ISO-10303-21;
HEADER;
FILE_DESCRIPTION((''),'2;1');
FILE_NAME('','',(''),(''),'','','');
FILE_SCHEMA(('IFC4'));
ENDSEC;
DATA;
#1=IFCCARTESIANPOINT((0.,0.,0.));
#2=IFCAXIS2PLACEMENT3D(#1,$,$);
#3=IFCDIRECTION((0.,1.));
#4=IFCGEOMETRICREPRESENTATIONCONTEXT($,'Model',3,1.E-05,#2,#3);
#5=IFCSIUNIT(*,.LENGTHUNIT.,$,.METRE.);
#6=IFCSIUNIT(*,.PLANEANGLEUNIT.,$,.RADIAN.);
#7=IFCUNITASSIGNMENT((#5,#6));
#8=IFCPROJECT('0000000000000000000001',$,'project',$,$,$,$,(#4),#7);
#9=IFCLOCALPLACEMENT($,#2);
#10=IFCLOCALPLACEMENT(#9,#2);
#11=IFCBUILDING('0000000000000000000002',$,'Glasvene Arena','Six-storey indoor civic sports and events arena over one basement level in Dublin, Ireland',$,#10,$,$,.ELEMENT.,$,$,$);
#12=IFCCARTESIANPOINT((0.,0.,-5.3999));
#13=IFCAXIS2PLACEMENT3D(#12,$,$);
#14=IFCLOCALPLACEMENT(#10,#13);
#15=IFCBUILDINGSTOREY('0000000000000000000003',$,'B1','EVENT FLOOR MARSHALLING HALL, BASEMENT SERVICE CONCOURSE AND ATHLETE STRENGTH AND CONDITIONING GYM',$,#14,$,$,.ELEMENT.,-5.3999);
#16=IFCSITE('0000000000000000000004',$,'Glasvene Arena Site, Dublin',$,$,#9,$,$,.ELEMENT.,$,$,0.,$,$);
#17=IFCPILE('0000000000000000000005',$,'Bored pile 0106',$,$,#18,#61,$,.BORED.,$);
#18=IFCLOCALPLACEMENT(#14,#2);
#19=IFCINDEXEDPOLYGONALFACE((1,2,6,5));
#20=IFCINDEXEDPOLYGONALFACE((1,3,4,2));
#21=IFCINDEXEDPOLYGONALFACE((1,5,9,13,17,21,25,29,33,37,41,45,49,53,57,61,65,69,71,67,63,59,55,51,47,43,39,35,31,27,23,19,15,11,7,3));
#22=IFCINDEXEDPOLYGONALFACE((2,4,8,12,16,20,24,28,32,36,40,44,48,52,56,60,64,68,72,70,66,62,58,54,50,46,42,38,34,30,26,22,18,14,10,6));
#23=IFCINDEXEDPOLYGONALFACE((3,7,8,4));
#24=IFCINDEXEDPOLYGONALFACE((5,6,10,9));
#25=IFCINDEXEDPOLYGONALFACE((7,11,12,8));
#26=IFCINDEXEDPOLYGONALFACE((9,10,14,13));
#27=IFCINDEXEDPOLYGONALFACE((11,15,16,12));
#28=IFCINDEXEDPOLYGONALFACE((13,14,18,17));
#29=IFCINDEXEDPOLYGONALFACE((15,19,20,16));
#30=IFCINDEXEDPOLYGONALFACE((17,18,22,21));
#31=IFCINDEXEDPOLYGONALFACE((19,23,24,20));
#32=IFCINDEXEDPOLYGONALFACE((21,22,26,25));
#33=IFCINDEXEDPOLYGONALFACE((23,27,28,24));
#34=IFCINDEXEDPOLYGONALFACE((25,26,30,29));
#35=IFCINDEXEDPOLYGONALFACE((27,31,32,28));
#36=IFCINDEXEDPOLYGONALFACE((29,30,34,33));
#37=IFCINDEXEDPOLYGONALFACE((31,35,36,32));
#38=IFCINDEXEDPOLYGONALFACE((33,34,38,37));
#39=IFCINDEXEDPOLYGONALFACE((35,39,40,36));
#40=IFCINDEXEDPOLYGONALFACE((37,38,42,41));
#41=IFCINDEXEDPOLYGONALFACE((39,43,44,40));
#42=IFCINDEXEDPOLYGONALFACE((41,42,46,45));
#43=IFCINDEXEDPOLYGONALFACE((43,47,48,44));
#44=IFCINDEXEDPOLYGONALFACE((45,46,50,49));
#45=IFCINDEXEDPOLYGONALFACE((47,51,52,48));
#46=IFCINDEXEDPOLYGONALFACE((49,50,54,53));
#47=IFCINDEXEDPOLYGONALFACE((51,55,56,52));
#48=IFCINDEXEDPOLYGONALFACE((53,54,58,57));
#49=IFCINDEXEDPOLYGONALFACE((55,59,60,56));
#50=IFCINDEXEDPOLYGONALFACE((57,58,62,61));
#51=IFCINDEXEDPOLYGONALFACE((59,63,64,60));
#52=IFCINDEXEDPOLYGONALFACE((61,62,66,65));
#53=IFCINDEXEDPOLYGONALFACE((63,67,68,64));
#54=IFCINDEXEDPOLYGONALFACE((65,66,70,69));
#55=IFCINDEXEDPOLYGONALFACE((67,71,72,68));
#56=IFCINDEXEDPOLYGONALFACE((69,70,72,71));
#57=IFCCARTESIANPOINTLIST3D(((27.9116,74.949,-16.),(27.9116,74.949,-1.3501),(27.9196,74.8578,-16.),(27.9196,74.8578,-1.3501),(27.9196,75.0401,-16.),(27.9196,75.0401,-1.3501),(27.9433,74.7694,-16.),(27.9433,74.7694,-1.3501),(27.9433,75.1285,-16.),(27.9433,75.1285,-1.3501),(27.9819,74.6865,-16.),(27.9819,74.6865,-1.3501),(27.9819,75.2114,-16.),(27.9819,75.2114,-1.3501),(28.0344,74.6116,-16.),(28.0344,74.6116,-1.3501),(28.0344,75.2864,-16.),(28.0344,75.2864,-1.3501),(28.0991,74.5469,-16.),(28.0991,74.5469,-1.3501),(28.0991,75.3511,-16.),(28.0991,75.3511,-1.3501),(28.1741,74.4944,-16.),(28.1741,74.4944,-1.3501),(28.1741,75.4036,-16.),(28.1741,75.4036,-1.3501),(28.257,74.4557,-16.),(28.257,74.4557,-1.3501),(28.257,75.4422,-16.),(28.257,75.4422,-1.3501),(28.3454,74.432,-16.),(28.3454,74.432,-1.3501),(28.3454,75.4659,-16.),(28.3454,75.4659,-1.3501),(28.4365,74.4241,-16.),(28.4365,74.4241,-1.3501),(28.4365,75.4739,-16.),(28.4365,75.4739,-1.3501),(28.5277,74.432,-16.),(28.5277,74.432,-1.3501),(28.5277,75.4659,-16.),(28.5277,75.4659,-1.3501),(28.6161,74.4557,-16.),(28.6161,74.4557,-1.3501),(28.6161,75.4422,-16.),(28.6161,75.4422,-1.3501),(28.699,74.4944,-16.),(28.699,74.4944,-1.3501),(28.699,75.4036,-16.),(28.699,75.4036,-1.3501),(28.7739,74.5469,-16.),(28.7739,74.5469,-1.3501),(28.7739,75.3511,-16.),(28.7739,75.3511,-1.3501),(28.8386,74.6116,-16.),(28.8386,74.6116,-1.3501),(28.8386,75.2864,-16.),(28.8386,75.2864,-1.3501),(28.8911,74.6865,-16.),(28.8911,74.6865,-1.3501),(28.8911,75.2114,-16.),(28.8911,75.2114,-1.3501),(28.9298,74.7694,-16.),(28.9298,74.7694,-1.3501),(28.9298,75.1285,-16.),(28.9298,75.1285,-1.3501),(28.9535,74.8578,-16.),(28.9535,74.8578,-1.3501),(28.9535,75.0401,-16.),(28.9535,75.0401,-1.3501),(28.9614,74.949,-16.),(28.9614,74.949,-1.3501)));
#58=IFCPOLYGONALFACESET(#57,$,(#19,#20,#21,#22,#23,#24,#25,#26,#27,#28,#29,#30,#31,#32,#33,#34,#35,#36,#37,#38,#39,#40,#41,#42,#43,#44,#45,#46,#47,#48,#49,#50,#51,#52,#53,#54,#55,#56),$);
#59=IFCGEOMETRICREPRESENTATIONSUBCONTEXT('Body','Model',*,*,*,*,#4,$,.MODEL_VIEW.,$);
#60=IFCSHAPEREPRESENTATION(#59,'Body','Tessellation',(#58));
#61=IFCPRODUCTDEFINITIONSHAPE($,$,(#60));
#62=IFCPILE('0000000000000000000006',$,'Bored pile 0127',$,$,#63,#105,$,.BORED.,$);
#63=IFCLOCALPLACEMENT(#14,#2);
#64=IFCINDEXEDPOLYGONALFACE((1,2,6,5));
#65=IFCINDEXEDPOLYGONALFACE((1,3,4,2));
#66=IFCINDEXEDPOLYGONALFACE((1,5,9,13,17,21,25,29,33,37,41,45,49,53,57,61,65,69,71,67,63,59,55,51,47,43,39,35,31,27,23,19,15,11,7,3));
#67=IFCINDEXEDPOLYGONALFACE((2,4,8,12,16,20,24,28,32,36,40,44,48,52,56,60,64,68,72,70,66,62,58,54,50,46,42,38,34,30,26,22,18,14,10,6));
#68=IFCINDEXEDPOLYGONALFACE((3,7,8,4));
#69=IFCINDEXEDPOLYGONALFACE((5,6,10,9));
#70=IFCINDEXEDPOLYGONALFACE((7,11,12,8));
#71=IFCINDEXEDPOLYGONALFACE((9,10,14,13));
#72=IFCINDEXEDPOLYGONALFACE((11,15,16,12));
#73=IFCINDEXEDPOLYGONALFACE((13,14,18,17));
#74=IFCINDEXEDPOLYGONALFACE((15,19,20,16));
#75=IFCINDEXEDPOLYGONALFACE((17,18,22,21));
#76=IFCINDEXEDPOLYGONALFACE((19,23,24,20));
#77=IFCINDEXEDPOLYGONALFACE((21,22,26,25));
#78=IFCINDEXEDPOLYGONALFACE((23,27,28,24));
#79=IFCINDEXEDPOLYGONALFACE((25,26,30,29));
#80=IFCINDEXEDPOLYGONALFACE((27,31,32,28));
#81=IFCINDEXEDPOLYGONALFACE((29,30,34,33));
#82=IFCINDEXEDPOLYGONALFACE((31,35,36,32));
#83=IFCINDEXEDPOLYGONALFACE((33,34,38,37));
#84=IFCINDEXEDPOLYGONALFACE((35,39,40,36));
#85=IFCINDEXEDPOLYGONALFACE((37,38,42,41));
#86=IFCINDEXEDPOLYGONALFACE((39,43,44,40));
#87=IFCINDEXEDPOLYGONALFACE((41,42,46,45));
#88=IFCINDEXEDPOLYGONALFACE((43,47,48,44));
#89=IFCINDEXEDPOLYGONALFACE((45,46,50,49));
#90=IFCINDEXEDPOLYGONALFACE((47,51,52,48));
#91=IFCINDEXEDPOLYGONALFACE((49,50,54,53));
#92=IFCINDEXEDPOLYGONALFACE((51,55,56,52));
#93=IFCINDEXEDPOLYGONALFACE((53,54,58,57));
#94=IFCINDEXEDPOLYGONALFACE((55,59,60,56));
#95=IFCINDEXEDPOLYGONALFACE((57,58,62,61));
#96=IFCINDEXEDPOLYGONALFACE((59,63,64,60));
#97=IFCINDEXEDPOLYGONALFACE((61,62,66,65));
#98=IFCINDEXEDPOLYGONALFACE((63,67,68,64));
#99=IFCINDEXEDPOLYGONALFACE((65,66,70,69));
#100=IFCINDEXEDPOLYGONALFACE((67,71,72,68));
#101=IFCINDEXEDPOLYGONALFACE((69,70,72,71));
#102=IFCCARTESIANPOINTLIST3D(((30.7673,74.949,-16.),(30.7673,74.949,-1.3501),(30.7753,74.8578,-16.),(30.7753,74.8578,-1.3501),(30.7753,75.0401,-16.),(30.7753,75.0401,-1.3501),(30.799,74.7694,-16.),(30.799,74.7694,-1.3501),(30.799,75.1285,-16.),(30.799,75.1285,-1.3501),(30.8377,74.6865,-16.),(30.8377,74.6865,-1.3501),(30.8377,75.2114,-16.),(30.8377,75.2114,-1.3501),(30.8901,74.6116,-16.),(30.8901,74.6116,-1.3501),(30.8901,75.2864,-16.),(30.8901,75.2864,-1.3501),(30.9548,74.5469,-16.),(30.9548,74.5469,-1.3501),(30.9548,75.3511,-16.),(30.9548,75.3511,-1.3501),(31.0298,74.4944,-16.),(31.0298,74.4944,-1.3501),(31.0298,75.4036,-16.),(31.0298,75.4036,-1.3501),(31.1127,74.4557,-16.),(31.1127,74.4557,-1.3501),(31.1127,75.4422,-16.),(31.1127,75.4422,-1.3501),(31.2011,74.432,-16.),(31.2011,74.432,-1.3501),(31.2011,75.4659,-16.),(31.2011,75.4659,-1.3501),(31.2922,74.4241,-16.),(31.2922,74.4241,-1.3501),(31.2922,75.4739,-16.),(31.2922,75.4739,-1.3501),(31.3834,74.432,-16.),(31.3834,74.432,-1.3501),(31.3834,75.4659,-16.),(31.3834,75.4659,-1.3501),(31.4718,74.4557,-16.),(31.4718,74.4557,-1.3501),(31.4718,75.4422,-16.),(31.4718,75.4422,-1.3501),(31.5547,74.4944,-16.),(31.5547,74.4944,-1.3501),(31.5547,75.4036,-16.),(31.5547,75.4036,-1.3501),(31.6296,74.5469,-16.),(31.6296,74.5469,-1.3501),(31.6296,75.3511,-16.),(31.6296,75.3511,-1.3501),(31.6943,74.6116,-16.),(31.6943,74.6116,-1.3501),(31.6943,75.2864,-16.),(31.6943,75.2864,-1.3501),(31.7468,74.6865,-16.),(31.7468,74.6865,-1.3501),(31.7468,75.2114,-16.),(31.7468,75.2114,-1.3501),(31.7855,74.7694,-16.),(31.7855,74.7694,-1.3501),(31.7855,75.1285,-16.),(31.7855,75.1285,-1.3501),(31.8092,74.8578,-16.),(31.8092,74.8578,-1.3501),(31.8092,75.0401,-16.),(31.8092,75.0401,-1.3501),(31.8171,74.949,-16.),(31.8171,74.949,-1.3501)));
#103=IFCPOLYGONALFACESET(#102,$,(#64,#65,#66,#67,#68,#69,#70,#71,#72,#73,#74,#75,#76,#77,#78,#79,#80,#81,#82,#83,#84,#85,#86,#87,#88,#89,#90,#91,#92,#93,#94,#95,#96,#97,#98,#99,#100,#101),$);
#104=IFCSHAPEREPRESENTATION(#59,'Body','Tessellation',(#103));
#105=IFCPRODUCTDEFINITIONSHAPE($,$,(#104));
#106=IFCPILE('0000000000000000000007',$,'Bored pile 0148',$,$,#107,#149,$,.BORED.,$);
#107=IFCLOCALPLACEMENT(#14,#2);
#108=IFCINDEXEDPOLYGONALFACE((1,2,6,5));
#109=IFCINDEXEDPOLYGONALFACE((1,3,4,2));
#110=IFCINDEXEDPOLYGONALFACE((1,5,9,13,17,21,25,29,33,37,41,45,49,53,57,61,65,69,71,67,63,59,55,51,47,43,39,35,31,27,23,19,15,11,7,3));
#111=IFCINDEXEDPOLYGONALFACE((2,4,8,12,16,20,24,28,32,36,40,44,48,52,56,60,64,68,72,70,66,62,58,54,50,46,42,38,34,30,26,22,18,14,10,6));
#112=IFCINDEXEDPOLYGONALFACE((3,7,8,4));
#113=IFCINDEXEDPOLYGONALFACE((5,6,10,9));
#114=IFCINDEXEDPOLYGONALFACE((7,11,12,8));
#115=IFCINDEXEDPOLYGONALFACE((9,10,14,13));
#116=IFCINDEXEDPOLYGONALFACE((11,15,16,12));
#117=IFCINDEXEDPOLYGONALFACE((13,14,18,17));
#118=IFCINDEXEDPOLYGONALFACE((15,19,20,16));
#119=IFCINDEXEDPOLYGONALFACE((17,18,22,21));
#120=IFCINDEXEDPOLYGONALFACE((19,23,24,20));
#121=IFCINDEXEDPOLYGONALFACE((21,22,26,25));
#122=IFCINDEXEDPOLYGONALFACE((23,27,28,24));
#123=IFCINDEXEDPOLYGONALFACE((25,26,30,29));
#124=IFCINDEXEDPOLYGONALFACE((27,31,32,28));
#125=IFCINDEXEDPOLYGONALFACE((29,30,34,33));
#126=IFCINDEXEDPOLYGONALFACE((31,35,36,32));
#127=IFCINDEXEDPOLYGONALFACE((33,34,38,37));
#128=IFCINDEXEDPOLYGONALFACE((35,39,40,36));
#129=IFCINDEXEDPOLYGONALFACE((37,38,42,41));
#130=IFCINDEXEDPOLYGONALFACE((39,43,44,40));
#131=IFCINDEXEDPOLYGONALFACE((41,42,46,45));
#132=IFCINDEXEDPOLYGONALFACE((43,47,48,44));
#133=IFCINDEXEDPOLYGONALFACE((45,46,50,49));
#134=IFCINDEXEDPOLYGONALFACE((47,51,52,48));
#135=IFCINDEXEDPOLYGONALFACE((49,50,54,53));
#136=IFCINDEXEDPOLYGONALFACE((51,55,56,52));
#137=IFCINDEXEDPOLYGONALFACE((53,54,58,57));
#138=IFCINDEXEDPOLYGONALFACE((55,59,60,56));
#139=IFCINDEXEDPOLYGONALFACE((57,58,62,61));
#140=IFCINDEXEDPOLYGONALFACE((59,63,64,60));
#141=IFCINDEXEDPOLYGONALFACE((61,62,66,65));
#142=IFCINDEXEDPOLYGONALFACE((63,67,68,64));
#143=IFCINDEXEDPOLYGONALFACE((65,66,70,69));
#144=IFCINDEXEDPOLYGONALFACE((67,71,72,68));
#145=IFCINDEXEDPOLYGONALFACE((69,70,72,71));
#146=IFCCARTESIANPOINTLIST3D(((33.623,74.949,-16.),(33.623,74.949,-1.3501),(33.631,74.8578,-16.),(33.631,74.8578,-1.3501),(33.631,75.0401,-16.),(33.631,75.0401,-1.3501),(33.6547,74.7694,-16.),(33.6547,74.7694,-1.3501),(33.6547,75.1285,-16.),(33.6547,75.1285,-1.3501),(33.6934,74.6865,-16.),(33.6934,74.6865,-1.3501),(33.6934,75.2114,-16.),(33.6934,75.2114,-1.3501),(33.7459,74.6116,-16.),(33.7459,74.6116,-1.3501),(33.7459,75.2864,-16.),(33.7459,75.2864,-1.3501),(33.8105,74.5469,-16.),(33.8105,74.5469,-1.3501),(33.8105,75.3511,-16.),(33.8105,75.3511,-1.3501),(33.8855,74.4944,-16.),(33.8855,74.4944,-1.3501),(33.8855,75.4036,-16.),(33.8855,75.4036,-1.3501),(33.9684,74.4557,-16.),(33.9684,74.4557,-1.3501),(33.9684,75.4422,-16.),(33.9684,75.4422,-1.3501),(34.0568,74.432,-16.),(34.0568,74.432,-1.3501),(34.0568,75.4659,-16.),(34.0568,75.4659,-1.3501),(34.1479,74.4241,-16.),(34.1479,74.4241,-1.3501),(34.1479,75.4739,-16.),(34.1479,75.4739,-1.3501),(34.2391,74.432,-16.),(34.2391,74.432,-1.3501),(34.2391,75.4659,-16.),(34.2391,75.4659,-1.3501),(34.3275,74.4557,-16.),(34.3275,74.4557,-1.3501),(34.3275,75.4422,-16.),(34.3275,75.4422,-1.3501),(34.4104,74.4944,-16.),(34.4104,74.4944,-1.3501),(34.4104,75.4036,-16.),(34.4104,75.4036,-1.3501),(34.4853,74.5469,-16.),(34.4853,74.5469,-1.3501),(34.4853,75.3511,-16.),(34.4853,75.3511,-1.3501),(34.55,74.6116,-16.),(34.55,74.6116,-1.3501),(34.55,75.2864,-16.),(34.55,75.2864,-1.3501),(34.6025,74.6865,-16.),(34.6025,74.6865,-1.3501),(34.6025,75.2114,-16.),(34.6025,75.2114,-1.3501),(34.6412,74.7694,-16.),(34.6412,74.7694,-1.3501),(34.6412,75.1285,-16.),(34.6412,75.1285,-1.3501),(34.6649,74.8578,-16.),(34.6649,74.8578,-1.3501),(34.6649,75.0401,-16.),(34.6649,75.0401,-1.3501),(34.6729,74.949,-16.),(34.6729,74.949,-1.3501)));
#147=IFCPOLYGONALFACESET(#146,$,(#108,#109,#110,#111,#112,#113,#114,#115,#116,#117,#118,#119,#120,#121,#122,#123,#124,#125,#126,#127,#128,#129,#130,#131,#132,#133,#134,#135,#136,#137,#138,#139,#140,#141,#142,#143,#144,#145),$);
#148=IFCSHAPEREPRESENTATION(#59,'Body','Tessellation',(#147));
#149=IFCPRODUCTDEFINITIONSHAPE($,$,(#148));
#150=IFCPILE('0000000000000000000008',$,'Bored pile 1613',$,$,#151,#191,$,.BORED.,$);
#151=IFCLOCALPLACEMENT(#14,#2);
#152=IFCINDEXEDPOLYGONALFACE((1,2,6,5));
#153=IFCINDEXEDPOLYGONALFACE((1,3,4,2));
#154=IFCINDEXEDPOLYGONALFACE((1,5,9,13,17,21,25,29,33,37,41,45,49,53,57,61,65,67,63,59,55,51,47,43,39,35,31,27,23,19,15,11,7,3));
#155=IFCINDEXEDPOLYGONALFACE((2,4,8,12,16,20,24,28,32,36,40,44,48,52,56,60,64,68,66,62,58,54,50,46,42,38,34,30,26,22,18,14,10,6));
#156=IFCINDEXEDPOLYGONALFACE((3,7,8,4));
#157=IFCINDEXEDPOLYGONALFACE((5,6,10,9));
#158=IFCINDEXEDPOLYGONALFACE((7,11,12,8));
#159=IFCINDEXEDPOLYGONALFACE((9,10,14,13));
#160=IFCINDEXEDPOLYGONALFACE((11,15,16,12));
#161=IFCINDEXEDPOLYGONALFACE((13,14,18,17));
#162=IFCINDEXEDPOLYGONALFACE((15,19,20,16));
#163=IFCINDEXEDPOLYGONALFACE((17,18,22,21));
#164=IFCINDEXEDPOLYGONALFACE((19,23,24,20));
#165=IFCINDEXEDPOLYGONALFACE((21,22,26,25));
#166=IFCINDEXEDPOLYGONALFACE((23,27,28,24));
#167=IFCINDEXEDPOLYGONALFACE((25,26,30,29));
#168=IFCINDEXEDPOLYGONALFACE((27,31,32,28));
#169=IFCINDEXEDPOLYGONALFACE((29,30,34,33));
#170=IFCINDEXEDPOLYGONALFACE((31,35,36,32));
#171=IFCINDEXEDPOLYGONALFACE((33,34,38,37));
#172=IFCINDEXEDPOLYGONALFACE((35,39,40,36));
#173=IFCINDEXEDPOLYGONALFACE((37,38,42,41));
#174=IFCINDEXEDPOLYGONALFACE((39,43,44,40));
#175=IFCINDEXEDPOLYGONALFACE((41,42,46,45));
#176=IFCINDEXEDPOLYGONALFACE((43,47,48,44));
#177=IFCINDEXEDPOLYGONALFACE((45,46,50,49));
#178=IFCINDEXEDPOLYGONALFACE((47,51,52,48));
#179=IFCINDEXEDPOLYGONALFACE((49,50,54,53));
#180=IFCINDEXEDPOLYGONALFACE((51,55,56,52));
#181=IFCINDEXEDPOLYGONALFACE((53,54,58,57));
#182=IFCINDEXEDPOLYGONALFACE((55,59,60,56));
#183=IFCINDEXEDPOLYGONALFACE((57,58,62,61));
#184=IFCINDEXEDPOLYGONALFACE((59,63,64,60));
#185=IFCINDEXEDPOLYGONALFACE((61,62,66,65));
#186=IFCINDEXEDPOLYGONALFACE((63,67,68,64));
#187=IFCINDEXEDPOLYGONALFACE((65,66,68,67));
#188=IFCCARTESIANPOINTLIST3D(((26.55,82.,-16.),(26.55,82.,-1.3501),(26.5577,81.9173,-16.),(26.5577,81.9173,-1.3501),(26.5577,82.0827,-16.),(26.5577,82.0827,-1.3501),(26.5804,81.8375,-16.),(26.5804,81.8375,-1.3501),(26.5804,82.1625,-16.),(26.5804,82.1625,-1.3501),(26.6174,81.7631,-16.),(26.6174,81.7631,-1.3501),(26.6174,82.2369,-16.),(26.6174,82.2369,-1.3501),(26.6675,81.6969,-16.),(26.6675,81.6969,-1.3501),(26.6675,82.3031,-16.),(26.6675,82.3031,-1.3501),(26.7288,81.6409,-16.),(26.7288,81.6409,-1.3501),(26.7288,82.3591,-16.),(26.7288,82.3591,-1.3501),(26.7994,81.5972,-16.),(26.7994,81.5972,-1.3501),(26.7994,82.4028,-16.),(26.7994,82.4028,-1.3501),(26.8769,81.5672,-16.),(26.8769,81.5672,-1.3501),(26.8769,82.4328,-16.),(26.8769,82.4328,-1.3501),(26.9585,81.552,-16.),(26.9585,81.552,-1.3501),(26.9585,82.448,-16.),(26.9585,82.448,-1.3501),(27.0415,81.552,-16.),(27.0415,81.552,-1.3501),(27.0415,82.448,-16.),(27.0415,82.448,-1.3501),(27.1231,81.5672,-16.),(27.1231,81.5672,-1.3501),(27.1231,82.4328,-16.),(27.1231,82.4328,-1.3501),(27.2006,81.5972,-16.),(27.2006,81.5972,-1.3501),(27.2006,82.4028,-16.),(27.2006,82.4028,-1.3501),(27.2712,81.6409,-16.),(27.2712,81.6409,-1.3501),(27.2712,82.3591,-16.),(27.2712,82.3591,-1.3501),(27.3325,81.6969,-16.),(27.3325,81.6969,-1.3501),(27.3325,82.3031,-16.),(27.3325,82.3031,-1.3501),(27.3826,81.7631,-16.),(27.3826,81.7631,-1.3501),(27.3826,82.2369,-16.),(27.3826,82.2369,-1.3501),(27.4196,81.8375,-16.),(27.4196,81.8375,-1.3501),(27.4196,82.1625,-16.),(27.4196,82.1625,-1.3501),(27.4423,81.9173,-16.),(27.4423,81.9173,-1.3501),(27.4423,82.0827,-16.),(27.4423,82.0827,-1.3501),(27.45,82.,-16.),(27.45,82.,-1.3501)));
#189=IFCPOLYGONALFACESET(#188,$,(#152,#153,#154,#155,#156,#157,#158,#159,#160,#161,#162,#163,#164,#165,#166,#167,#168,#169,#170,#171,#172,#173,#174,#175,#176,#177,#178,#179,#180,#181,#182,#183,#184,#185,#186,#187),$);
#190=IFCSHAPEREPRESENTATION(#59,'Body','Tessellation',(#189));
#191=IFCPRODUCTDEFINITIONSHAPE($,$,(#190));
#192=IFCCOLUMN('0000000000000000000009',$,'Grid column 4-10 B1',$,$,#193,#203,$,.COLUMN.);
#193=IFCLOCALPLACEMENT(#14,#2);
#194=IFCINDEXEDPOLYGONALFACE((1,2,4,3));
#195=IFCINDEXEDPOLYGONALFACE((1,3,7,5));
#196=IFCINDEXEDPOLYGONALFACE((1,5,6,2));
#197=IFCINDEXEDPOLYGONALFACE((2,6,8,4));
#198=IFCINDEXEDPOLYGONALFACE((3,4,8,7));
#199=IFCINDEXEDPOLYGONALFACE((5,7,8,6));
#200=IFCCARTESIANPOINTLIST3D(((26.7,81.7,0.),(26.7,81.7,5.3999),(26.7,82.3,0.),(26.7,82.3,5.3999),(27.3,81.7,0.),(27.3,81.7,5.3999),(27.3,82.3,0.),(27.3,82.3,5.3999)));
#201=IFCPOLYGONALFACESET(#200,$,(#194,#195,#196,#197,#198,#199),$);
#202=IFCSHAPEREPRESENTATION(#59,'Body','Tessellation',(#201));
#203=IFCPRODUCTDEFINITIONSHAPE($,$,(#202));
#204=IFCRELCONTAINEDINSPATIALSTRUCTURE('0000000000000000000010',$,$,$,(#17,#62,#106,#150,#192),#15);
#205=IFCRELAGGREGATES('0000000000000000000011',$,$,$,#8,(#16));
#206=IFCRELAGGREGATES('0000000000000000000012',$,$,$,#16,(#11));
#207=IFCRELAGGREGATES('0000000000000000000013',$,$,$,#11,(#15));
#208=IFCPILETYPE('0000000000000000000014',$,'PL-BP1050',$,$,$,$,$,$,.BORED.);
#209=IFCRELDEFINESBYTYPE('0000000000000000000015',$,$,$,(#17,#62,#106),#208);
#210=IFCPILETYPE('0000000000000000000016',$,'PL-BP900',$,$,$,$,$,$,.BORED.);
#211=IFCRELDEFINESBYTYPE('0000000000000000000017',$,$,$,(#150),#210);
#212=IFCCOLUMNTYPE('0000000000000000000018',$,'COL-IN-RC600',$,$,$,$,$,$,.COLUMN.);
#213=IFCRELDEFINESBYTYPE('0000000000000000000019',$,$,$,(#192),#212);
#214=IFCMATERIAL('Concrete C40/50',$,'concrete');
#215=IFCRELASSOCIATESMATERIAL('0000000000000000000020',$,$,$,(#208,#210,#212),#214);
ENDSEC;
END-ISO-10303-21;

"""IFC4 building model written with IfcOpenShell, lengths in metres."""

from ifc_helpers import new_model, si_unit, direction, frame, origin, origin_2d, place, context, subcontext, project, spatial, rectangle, circle, extrude, material, material_profile, profile_set, type_object, element, save


model = new_model("IFC4")

# Units and contexts
model_context = context("Model", 3, precision=1e-05, world=origin(), true_north=direction((0.0, 1.0)))
body_context = subcontext(model_context, "Body", "Model", "MODEL_VIEW")
ifc_project = project(units=[si_unit("LENGTHUNIT", "METRE"), si_unit("PLANEANGLEUNIT", "RADIAN")], contexts=[model_context])

# Site, building, storey
site_placement = place(None, origin())
site = spatial("IfcSite", under=ifc_project, at=site_placement, Name="Glasvene Arena Site, Dublin", CompositionType="ELEMENT", RefElevation=0.0)
building_placement = place(site_placement, origin())
building = spatial("IfcBuilding", under=site, at=building_placement, Name="Glasvene Arena", Description="Six-storey indoor civic sports and events arena over one basement level in Dublin, Ireland", CompositionType="ELEMENT")
storey_placement = place(building_placement, frame((0.0, 0.0, -5.3999)))
storey = spatial("IfcBuildingStorey", under=building, at=storey_placement, Name="B1", Description="EVENT FLOOR MARSHALLING HALL, BASEMENT SERVICE CONCOURSE AND ATHLETE STRENGTH AND CONDITIONING GYM", CompositionType="ELEMENT", Elevation=-5.3999)

# Shared definitions
ifc_material_1 = material(Name="Concrete C40/50", Category="concrete")

# Piles
ifc_material_profile_1 = material_profile(ifc_material_1, circle(Radius=0.5249, at=origin_2d()), Name="BORED PILE 1050")
ifc_profile_set_1 = profile_set([ifc_material_profile_1], Name="Concrete C40/50")
pile_type_1 = type_object("IfcPileType", Name="PL-BP1050", PredefinedType="BORED", material=ifc_profile_set_1)
for number, where, z_axis, x_axis, name in (
    (1, (28.4365, 74.949, -1.3501), (0.0, 0.0, -1.0), (1.0, 0.0, 0.0), "Bored pile 0106"),
    (2, (31.2922, 74.949, -1.3501), (0.0, 0.0, -1.0), (1.0, 0.0, 0.0), "Bored pile 0127"),
    (3, (34.1479, 74.949, -1.3501), (0.0, 0.0, -1.0), (1.0, 0.0, 0.0), "Bored pile 0148"),
):
    element("IfcPile", number, at=place(storey_placement, frame(where, z_axis=z_axis, x_axis=x_axis)), inside=storey, type_object=pile_type_1, Name=name, PredefinedType="BORED", context=body_context, shape_type="SweptSolid", body=[
        extrude(circle(Radius=0.5249, at=origin_2d()), origin(), (0.0, 0.0, 1.0), 14.6499),
    ])
ifc_material_profile_2 = material_profile(ifc_material_1, circle(Radius=0.45, at=origin_2d()), Name="BORED PILE 900")
ifc_profile_set_2 = profile_set([ifc_material_profile_2], Name="Concrete C40/50")
pile_type_2 = type_object("IfcPileType", Name="PL-BP900", PredefinedType="BORED", material=ifc_profile_set_2)
pile_placement = place(storey_placement, frame((27.0, 82.0, -1.3501), z_axis=(0.0, 0.0, -1.0), x_axis=(1.0, 0.0, 0.0)))
element("IfcPile", 4, at=pile_placement, inside=storey, type_object=pile_type_2, Name="Bored pile 1613", PredefinedType="BORED", context=body_context, shape_type="SweptSolid", body=[
    extrude(circle(Radius=0.45, at=origin_2d()), origin(), (0.0, 0.0, 1.0), 14.6499),
])

# Column
ifc_material_profile_3 = material_profile(ifc_material_1, rectangle(XDim=0.6001, YDim=0.6001, at=origin_2d()), Name="RC 600x600")
ifc_profile_set_3 = profile_set([ifc_material_profile_3], Name="Concrete C40/50")
column_type_1 = type_object("IfcColumnType", Name="COL-IN-RC600", PredefinedType="COLUMN", material=ifc_profile_set_3)
column_1_placement = place(storey_placement, frame((27.0, 82.0, 0.0), z_axis=(0.0, 0.0, 1.0), x_axis=(1.0, 0.0, 0.0)))
element("IfcColumn", 5, at=column_1_placement, inside=storey, type_object=column_type_1, Name="Grid column 4-10 B1", PredefinedType="COLUMN", context=body_context, shape_type="SweptSolid", body=[
    extrude(rectangle(XDim=0.6001, YDim=0.6001, at=origin_2d()), origin(), (0.0, 0.0, 1.0), 5.3999),
])

save(model, "model.ifc")
